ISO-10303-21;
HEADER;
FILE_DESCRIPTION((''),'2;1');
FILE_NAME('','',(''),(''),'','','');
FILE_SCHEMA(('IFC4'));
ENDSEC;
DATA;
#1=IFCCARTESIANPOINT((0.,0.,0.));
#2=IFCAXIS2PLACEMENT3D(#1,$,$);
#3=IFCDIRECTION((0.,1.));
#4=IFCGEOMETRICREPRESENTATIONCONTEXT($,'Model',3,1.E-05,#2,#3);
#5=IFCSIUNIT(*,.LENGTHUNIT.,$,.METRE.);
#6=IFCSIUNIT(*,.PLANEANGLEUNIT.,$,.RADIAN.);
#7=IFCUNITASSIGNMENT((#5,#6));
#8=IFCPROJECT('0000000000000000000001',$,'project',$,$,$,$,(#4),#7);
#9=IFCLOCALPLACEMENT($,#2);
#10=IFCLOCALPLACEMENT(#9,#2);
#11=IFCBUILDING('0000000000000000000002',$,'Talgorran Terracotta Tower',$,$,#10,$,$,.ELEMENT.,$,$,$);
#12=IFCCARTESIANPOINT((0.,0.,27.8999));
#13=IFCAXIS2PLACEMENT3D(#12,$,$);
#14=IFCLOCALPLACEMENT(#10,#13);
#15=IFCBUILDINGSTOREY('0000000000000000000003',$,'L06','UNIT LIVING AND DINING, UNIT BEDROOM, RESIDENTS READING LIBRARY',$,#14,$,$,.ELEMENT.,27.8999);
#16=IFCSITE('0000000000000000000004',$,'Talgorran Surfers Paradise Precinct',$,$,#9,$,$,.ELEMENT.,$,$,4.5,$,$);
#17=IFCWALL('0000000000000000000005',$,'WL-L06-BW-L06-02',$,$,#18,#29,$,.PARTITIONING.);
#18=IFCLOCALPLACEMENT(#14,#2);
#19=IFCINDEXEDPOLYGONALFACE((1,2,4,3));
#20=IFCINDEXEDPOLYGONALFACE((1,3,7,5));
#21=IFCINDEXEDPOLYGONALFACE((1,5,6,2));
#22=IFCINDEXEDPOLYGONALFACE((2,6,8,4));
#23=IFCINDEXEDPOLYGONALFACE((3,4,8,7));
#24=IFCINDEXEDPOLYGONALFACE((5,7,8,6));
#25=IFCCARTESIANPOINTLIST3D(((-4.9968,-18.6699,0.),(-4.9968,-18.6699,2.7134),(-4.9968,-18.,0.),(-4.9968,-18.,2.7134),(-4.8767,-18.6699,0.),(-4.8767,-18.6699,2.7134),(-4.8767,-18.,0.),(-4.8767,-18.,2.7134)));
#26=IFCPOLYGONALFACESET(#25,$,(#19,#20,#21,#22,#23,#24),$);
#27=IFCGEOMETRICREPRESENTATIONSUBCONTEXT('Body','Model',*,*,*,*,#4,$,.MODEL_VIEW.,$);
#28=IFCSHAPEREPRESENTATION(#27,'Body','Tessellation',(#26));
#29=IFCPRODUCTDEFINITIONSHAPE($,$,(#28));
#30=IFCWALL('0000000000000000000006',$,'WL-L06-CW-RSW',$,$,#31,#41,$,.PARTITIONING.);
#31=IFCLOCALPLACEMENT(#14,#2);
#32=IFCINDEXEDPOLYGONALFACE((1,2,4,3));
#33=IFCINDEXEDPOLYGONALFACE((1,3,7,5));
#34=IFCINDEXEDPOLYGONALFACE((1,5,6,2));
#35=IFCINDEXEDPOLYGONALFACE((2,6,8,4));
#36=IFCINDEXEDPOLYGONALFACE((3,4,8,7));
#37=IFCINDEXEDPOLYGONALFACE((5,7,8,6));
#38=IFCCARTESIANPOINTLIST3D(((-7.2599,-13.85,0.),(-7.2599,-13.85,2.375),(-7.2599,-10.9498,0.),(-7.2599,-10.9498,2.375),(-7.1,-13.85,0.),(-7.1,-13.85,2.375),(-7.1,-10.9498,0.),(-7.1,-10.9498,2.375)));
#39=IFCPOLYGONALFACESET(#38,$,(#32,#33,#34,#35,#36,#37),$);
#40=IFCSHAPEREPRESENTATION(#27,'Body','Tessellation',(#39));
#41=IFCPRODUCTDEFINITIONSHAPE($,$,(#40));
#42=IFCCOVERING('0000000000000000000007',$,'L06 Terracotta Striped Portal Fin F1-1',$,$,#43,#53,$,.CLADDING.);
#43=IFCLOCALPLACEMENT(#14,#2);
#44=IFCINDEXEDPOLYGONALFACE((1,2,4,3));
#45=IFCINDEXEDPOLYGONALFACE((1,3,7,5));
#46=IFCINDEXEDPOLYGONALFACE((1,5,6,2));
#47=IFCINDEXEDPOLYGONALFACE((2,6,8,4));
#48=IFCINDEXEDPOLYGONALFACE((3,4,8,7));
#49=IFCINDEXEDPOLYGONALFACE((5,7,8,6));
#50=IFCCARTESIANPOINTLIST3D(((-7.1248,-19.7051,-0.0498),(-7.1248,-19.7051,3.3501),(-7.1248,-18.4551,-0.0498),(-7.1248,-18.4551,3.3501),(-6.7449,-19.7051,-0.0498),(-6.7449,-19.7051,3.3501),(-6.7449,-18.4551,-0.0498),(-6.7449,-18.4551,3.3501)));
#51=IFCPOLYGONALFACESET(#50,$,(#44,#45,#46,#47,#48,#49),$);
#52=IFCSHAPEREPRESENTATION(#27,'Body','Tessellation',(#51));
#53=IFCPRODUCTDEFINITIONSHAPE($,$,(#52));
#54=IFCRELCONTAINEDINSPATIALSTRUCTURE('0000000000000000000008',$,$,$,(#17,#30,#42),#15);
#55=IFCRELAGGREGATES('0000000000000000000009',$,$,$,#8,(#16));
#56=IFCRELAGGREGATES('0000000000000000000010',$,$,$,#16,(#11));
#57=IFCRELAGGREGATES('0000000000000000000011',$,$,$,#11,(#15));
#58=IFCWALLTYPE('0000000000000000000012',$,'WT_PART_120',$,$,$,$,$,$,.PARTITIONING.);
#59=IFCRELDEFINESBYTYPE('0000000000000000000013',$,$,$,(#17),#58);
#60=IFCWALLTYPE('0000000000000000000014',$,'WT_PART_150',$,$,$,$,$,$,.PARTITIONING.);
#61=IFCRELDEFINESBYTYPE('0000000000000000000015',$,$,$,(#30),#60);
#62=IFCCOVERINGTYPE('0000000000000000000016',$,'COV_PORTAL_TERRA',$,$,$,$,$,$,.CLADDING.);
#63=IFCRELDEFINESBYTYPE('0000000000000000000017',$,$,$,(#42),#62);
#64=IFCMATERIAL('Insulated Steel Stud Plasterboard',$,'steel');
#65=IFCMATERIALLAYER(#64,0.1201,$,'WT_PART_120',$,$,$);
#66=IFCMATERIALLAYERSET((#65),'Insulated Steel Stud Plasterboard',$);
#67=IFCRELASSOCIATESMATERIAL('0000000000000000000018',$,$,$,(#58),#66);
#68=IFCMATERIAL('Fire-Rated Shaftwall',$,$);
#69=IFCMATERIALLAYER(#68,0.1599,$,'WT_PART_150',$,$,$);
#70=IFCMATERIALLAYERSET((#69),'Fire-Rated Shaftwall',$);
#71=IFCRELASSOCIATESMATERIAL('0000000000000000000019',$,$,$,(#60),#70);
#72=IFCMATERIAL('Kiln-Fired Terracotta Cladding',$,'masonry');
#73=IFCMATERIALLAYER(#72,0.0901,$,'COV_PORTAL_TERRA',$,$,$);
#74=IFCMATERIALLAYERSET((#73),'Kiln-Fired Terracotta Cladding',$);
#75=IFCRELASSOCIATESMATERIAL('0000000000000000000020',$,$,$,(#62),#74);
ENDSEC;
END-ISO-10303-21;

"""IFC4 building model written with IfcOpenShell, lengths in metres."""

from ifc_helpers import new_model, si_unit, direction, frame, frame_2d, origin, origin_2d, place, context, subcontext, project, spatial, rectangle, extrude, material, layer, layer_set, type_object, element, save


model = new_model("IFC4")

# Units and contexts
model_context = context("Model", 3, precision=1e-05, world=origin(), true_north=direction((0.0, 1.0)))
body_context = subcontext(model_context, "Body", "Model", "MODEL_VIEW")
ifc_project = project(units=[si_unit("LENGTHUNIT", "METRE"), si_unit("PLANEANGLEUNIT", "RADIAN")], contexts=[model_context])

# Site, building, storey
site_placement = place(None, origin())
site = spatial("IfcSite", under=ifc_project, at=site_placement, Name="Talgorran Surfers Paradise Precinct", CompositionType="ELEMENT", RefElevation=4.5)
building_placement = place(site_placement, origin())
building = spatial("IfcBuilding", under=site, at=building_placement, Name="Talgorran Terracotta Tower", CompositionType="ELEMENT")
storey_placement = place(building_placement, frame((0.0, 0.0, 27.8999)))
storey = spatial("IfcBuildingStorey", under=building, at=storey_placement, Name="L06", Description="UNIT LIVING AND DINING, UNIT BEDROOM, RESIDENTS READING LIBRARY", CompositionType="ELEMENT", Elevation=27.8999)

# Walls
ifc_material_1 = material(Name="Insulated Steel Stud Plasterboard", Category="steel")
ifc_layer_1 = layer(ifc_material_1, 0.1201, Name="WT_PART_120")
ifc_layer_set_1 = layer_set([ifc_layer_1], Name="Insulated Steel Stud Plasterboard")
wall_type_1 = type_object("IfcWallType", Name="WT_PART_120", PredefinedType="PARTITIONING", material=ifc_layer_set_1)
wall_1_placement = place(storey_placement, frame((-4.9368, -18.0, 0.0), z_axis=(0.0, 0.0, 1.0), x_axis=(0.0, -1.0, 0.0)))
element("IfcWall", 1, at=wall_1_placement, inside=storey, type_object=wall_type_1, Name="WL-L06-BW-L06-02", PredefinedType="PARTITIONING", context=body_context, shape_type="SweptSolid", body=[
    extrude(rectangle(XDim=0.6699, YDim=0.1201, at=frame_2d((0.335, 0.0))), origin(), (0.0, 0.0, 1.0), 2.7134),
])
ifc_material_2 = material(Name="Fire-Rated Shaftwall")
ifc_layer_2 = layer(ifc_material_2, 0.1599, Name="WT_PART_150")
ifc_layer_set_2 = layer_set([ifc_layer_2], Name="Fire-Rated Shaftwall")
wall_type_2 = type_object("IfcWallType", Name="WT_PART_150", PredefinedType="PARTITIONING", material=ifc_layer_set_2)
wall_2_placement = place(storey_placement, frame((-7.1799, -13.8501, 0.0), z_axis=(0.0, 0.0, 1.0), x_axis=(0.0, 1.0, 0.0)))
element("IfcWall", 2, at=wall_2_placement, inside=storey, type_object=wall_type_2, Name="WL-L06-CW-RSW", PredefinedType="PARTITIONING", context=body_context, shape_type="SweptSolid", body=[
    extrude(rectangle(XDim=2.9001, YDim=0.1599, at=frame_2d((1.4502, 0.0))), origin(), (0.0, 0.0, 1.0), 2.375),
])

# Covering
ifc_material_3 = material(Name="Kiln-Fired Terracotta Cladding", Category="masonry")
ifc_layer_3 = layer(ifc_material_3, 0.0901, Name="COV_PORTAL_TERRA")
ifc_layer_set_3 = layer_set([ifc_layer_3], Name="Kiln-Fired Terracotta Cladding")
covering_type = type_object("IfcCoveringType", Name="COV_PORTAL_TERRA", PredefinedType="CLADDING", material=ifc_layer_set_3)
covering_placement = place(storey_placement, frame((-6.9348, -19.0801, -0.0498), z_axis=(0.0, 0.0, 1.0), x_axis=(1.0, 0.0, 0.0)))
element("IfcCovering", 3, at=covering_placement, inside=storey, type_object=covering_type, Name="L06 Terracotta Striped Portal Fin F1-1", PredefinedType="CLADDING", context=body_context, shape_type="SweptSolid", body=[
    extrude(rectangle(XDim=0.3799, YDim=1.25, at=origin_2d()), origin(), (0.0, 0.0, 1.0), 3.3999),
])

save(model, "model.ifc")
